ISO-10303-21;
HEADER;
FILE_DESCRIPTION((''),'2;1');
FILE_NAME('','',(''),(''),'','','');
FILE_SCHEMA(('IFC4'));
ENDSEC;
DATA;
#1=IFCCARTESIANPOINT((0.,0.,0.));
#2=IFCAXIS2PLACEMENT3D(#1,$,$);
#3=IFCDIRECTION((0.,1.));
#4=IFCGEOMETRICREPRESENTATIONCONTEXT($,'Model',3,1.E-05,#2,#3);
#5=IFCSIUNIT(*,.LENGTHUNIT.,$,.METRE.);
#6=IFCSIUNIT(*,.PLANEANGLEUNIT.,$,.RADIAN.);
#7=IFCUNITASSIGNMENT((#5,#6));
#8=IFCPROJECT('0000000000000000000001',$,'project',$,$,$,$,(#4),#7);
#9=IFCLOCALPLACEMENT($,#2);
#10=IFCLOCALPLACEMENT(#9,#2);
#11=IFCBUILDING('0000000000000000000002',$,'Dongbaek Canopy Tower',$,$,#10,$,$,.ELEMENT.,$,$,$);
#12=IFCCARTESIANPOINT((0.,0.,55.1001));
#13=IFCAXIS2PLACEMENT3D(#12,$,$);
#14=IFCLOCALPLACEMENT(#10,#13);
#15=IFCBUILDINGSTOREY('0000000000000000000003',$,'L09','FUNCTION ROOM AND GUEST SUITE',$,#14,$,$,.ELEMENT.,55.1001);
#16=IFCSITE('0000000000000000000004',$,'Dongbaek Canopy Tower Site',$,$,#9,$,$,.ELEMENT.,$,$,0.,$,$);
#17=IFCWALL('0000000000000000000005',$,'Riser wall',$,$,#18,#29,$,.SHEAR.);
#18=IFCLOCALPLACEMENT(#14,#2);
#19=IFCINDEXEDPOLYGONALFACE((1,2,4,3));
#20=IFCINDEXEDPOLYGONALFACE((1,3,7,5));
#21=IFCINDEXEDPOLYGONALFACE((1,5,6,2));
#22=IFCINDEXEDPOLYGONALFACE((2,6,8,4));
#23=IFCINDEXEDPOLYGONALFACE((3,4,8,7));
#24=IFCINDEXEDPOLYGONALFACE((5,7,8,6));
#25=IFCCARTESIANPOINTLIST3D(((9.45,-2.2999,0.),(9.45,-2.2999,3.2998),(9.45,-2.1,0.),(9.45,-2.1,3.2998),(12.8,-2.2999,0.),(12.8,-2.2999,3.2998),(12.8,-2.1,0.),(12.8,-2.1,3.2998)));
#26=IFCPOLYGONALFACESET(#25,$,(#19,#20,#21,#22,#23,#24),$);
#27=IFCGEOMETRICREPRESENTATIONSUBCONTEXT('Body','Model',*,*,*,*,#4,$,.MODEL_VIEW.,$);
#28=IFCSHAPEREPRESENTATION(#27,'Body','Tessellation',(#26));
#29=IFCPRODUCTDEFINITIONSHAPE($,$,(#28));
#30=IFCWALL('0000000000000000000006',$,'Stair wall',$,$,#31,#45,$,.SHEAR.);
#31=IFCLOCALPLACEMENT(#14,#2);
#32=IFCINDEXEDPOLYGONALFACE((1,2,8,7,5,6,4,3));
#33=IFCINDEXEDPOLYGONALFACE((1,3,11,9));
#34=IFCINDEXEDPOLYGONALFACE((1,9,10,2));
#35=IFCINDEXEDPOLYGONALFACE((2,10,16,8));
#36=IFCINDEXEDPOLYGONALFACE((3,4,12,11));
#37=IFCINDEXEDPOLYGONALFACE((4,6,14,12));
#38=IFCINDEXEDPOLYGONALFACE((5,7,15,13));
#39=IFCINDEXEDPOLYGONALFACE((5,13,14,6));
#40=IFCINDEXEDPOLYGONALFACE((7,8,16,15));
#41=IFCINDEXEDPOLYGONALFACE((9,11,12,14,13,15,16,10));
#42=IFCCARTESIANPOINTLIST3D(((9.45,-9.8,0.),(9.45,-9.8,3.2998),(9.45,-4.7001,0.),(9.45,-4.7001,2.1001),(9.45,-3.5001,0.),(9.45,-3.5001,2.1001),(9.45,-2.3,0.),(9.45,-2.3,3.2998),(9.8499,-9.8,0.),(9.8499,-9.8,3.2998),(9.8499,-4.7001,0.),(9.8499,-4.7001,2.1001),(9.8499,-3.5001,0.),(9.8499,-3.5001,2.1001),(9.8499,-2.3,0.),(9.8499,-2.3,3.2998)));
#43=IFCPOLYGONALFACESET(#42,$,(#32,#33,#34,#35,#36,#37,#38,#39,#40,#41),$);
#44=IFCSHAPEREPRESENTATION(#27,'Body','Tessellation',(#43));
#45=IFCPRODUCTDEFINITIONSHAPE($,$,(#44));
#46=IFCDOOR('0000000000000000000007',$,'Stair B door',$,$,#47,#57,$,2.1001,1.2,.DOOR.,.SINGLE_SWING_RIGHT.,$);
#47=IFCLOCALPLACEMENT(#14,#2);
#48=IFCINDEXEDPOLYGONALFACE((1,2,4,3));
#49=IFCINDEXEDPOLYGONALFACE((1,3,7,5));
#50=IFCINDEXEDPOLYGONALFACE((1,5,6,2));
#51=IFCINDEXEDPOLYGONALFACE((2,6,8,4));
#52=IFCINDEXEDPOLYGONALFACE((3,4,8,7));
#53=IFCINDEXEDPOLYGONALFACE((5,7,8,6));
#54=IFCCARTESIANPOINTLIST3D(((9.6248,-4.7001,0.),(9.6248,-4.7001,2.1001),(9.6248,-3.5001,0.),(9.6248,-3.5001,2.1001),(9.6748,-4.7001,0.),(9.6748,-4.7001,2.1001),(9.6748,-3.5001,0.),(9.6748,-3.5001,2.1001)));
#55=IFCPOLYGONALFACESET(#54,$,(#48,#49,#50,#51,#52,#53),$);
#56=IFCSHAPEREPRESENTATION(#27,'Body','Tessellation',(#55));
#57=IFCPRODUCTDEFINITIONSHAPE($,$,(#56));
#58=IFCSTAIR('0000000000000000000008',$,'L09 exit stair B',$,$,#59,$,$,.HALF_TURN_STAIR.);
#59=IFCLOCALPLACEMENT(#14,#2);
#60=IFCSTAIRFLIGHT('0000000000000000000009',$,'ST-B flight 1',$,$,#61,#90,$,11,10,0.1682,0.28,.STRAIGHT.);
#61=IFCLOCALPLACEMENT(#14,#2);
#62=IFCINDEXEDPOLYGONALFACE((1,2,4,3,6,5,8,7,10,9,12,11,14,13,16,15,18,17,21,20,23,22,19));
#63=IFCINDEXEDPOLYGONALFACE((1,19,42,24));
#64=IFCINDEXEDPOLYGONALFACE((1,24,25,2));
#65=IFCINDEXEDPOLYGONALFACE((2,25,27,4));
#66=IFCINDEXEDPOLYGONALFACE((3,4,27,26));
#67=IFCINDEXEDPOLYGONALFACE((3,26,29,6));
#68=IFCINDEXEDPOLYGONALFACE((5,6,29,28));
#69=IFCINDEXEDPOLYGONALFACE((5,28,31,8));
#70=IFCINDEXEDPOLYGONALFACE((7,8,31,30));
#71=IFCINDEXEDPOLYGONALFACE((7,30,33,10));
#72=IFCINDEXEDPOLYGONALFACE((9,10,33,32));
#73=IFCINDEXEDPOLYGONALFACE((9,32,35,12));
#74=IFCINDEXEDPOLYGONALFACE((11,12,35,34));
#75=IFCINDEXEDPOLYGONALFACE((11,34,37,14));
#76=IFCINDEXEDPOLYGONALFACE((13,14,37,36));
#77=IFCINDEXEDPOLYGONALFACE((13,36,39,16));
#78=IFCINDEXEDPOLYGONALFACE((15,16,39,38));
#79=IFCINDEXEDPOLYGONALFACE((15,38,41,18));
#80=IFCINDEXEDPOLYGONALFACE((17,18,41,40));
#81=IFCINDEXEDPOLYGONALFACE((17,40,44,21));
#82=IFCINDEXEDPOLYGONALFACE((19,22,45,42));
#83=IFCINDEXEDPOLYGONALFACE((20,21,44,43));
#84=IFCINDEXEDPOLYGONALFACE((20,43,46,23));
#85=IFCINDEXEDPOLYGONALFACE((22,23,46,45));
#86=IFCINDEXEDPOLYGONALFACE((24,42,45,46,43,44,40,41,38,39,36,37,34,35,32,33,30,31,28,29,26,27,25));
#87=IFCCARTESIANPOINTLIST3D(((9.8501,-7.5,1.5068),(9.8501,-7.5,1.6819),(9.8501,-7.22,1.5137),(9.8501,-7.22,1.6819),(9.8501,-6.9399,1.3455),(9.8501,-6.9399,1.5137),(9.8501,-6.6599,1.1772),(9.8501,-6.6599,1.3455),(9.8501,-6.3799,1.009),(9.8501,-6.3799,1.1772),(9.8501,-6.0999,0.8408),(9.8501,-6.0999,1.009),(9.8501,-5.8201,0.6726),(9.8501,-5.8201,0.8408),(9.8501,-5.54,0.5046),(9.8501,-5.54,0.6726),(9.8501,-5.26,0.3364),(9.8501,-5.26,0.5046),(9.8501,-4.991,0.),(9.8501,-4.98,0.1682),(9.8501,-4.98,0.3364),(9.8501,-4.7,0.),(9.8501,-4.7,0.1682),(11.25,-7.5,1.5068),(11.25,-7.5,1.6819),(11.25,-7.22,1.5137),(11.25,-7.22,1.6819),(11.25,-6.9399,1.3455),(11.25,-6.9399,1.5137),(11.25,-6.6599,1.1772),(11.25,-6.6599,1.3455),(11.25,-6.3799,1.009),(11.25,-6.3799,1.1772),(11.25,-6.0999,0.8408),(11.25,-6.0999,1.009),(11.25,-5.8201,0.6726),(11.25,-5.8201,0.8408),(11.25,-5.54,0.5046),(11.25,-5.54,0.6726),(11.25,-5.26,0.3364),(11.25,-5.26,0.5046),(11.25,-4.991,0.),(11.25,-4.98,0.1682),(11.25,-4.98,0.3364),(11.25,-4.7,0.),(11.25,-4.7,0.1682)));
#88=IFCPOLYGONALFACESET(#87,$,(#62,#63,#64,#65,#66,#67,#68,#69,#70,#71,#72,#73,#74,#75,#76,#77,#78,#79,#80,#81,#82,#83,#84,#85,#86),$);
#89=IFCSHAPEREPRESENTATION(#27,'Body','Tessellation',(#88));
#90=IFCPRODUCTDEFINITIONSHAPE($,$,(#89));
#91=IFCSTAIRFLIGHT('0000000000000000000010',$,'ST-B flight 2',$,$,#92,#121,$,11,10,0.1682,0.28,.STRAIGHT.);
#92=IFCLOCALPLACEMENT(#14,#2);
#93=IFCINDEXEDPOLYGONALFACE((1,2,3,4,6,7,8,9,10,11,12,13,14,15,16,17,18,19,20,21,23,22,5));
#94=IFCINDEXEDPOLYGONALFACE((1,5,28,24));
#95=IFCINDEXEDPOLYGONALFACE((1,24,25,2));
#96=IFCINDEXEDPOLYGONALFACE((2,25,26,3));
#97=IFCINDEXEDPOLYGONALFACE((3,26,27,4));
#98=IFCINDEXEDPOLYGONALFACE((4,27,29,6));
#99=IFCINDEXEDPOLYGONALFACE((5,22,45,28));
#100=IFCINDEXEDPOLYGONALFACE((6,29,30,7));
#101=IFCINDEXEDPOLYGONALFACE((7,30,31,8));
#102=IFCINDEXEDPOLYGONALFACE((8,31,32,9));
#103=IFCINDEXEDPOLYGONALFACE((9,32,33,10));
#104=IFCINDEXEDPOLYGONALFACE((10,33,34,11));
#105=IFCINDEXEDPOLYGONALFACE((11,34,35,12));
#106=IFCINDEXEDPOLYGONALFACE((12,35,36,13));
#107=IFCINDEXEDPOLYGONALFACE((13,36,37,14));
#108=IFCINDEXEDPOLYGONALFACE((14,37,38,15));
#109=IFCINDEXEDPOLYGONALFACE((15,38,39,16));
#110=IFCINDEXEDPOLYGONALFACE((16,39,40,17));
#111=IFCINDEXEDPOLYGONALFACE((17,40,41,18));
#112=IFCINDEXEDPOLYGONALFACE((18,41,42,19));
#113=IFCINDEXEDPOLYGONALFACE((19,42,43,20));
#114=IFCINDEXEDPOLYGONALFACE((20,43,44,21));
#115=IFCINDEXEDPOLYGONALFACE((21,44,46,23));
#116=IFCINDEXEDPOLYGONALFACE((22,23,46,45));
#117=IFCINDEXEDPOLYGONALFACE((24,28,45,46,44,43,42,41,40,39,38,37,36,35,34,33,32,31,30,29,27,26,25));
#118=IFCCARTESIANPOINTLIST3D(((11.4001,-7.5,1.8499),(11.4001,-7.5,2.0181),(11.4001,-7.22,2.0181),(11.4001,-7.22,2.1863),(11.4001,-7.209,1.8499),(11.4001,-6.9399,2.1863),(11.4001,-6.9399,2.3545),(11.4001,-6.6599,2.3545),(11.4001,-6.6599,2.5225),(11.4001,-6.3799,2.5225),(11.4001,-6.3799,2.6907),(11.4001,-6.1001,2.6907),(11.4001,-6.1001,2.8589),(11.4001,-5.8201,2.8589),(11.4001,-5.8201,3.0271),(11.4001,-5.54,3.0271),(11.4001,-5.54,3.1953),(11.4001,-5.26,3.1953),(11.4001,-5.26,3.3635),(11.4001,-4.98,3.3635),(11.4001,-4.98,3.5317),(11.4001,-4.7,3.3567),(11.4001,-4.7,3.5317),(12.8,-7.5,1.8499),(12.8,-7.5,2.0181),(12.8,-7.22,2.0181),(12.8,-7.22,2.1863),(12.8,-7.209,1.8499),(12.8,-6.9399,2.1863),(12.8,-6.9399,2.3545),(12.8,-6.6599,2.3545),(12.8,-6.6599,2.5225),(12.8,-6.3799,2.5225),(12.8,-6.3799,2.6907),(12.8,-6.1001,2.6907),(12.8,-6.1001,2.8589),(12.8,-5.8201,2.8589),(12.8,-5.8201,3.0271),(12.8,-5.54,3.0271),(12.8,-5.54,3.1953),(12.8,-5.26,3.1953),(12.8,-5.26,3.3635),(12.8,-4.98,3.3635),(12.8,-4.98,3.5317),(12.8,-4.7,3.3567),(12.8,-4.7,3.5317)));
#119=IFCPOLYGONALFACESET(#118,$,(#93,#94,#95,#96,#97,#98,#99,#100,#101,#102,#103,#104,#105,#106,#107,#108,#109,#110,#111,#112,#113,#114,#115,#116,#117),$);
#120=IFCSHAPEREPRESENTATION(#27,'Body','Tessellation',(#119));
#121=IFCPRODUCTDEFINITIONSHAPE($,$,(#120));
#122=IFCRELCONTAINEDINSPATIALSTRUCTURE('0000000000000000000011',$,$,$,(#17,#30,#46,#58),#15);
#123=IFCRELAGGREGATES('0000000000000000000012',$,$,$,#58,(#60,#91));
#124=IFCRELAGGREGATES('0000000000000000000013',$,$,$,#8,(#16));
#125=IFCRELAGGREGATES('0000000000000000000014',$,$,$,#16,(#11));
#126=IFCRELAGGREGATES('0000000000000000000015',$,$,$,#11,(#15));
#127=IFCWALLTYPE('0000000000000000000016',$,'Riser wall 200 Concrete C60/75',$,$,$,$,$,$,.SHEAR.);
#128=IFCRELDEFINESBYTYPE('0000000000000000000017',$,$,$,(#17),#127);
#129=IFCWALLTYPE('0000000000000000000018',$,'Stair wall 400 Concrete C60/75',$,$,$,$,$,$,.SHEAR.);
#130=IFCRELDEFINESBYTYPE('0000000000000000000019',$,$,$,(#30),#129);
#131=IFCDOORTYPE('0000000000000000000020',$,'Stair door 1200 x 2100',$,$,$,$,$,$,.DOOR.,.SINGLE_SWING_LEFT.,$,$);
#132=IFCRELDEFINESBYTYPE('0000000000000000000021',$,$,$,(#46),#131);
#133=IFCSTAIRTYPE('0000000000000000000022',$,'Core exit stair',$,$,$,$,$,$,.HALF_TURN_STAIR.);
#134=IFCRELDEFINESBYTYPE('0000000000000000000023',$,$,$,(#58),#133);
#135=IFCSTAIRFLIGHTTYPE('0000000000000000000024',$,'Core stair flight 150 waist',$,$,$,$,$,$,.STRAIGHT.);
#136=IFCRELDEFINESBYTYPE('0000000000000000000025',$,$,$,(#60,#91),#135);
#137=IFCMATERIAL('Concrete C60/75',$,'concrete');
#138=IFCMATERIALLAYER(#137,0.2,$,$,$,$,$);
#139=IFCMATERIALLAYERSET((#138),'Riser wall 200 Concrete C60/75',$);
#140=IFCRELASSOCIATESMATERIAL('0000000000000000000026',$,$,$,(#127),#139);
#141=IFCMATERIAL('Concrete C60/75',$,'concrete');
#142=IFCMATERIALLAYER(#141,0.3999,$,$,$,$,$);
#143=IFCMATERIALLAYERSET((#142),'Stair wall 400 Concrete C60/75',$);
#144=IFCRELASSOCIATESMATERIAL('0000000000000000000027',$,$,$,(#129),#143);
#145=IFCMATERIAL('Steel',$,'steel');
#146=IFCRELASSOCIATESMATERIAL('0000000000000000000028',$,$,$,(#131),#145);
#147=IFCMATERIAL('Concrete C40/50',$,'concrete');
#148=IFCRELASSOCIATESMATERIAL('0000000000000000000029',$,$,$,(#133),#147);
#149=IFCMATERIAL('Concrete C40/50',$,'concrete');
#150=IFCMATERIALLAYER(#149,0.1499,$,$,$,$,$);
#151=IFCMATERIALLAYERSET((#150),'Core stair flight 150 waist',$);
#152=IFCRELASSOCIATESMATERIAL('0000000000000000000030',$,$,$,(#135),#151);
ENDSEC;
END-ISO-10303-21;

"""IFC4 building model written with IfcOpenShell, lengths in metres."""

from ifc_helpers import new_model, si_unit, direction, frame, frame_2d, origin, place, context, subcontext, project, spatial, polyline, rectangle, outline, extrude, material, layer, layer_set, type_object, element, fill, aggregate, save


model = new_model("IFC4")

# Units and contexts
model_context = context("Model", 3, precision=1e-05, world=origin(), true_north=direction((0.0, 1.0)))
body_context = subcontext(model_context, "Body", "Model", "MODEL_VIEW")
ifc_project = project(units=[si_unit("LENGTHUNIT", "METRE"), si_unit("PLANEANGLEUNIT", "RADIAN")], contexts=[model_context])

# Site, building, storey
site_placement = place(None, origin())
site = spatial("IfcSite", under=ifc_project, at=site_placement, Name="Dongbaek Canopy Tower Site", CompositionType="ELEMENT", RefElevation=0.0)
building_placement = place(site_placement, origin())
building = spatial("IfcBuilding", under=site, at=building_placement, Name="Dongbaek Canopy Tower", CompositionType="ELEMENT")
storey_placement = place(building_placement, frame((0.0, 0.0, 55.1001)))
storey = spatial("IfcBuildingStorey", under=building, at=storey_placement, Name="L09", Description="FUNCTION ROOM AND GUEST SUITE", CompositionType="ELEMENT", Elevation=55.1001)

# Wall
ifc_material_1 = material(Name="Concrete C60/75", Category="concrete")
ifc_layer_1 = layer(ifc_material_1, 0.2)
ifc_layer_set_1 = layer_set([ifc_layer_1], Name="Riser wall 200 Concrete C60/75")
wall_type_1 = type_object("IfcWallType", Name="Riser wall 200 Concrete C60/75", PredefinedType="SHEAR", material=ifc_layer_set_1)
wall_1_placement = place(storey_placement, frame((9.45, -2.2, 0.0), z_axis=(0.0, 0.0, 1.0), x_axis=(1.0, 0.0, 0.0)))
element("IfcWall", 1, at=wall_1_placement, inside=storey, type_object=wall_type_1, Name="Riser wall", PredefinedType="SHEAR", context=body_context, shape_type="SweptSolid", body=[
    extrude(rectangle(XDim=3.3501, YDim=0.2, at=frame_2d((1.675, 0.0))), origin(), (0.0, 0.0, 1.0), 3.2998),
])

# Wall, opening, door
ifc_material_2 = material(Name="Concrete C60/75", Category="concrete")
ifc_layer_2 = layer(ifc_material_2, 0.3999)
ifc_layer_set_2 = layer_set([ifc_layer_2], Name="Stair wall 400 Concrete C60/75")
wall_type_2 = type_object("IfcWallType", Name="Stair wall 400 Concrete C60/75", PredefinedType="SHEAR", material=ifc_layer_set_2)
wall_2_placement = place(storey_placement, frame((9.6499, -2.3, 0.0), z_axis=(0.0, 0.0, 1.0), x_axis=(0.0, -1.0, 0.0)))
wall_2 = element("IfcWall", 2, at=wall_2_placement, inside=storey, type_object=wall_type_2, Name="Stair wall", PredefinedType="SHEAR", context=body_context, shape_type="SweptSolid", body=[
    extrude(rectangle(XDim=7.5, YDim=0.3999, at=frame_2d((3.75, 0.0))), origin(), (0.0, 0.0, 1.0), 3.2998),
])
opening_1_placement = place(wall_2_placement, frame((1.2, 0.0, 0.0)))
opening_1 = element("IfcOpeningElement", 3, at=opening_1_placement, cuts=wall_2, PredefinedType="OPENING", context=body_context, shape_type="SweptSolid", body=[
    extrude(rectangle(XDim=1.2, YDim=2.1001, at=frame_2d((0.6001, 1.05))), frame((0.0, 0.21, 0.0), z_axis=(0.0, -1.0, 0.0), x_axis=(1.0, 0.0, 0.0)), (0.0, 0.0, 1.0), 0.4199),
])
ifc_material_3 = material(Name="Steel", Category="steel")
door_type_1 = type_object("IfcDoorType", Name="Stair door 1200 x 2100", OperationType="SINGLE_SWING_LEFT", PredefinedType="DOOR", material=ifc_material_3)
door_1_placement = place(opening_1_placement, origin())
door_1 = element("IfcDoor", 4, at=door_1_placement, inside=storey, type_object=door_type_1, Name="Stair B door", OperationType="SINGLE_SWING_RIGHT", OverallHeight=2.1001, OverallWidth=1.2, PredefinedType="DOOR", context=body_context, shape_type="SweptSolid", body=[
    extrude(rectangle(XDim=1.2, YDim=2.1001, at=frame_2d((0.6001, 1.05))), frame((0.0, 0.0249, 0.0), z_axis=(0.0, -1.0, 0.0), x_axis=(1.0, 0.0, 0.0)), (0.0, 0.0, 1.0), 0.05),
])
fill(opening_1, door_1)

# Stair, stair flights
ifc_material_4 = material(Name="Concrete C40/50", Category="concrete")
stair_type = type_object("IfcStairType", Name="Core exit stair", PredefinedType="HALF_TURN_STAIR", material=ifc_material_4)
stair_placement = place(storey_placement, origin())
stair = element("IfcStair", 5, at=stair_placement, inside=storey, type_object=stair_type, Name="L09 exit stair B", PredefinedType="HALF_TURN_STAIR")
ifc_material_5 = material(Name="Concrete C40/50", Category="concrete")
ifc_layer_3 = layer(ifc_material_5, 0.1499)
ifc_layer_set_3 = layer_set([ifc_layer_3], Name="Core stair flight 150 waist")
stair_flight_type = type_object("IfcStairFlightType", Name="Core stair flight 150 waist", PredefinedType="STRAIGHT", material=ifc_layer_set_3)
stair_flight_1_placement = place(storey_placement, frame((10.55, -4.7, 0.0), z_axis=(0.0, 0.0, 1.0), x_axis=(0.0, -1.0, 0.0)))
stair_flight_1 = element("IfcStairFlight", 6, at=stair_flight_1_placement, type_object=stair_flight_type, Name="ST-B flight 1", NumberOfRisers=11, NumberOfTreads=10, PredefinedType="STRAIGHT", RiserHeight=0.1682, TreadLength=0.28, context=body_context, shape_type="SweptSolid", body=[
    extrude(outline(polyline([(0.0, 0.0), (0.0, 0.1682), (0.28, 0.1682), (0.28, 0.3364), (0.5601, 0.3364), (0.5601, 0.5046), (0.8401, 0.5046), (0.8401, 0.6726), (1.1201, 0.6726), (1.1201, 0.8408), (1.3999, 0.8408), (1.3999, 1.009), (1.6799, 1.009), (1.6799, 1.1772), (1.96, 1.1772), (1.96, 1.3455), (2.24, 1.3455), (2.24, 1.5137), (2.52, 1.5137), (2.52, 1.6819), (2.8, 1.6819), (2.8, 1.8501), (2.8, 1.5068), (0.291, 0.0), (0.0, 0.0)])), frame((0.0, 0.7, 0.0), z_axis=(0.0, -1.0, 0.0), x_axis=(1.0, 0.0, 0.0)), (0.0, 0.0, 1.0), 1.3999),
])
stair_flight_2_placement = place(storey_placement, frame((12.1001, -7.5, 1.8499), z_axis=(0.0, 0.0, 1.0), x_axis=(0.0, 1.0, 0.0)))
stair_flight_2 = element("IfcStairFlight", 7, at=stair_flight_2_placement, type_object=stair_flight_type, Name="ST-B flight 2", NumberOfRisers=11, NumberOfTreads=10, PredefinedType="STRAIGHT", RiserHeight=0.1682, TreadLength=0.28, context=body_context, shape_type="SweptSolid", body=[
    extrude(outline(polyline([(0.0, 0.0), (0.0, 0.1682), (0.28, 0.1682), (0.28, 0.3364), (0.5601, 0.3364), (0.5601, 0.5046), (0.8401, 0.5046), (0.8401, 0.6726), (1.1201, 0.6726), (1.1201, 0.8408), (1.3999, 0.8408), (1.3999, 1.009), (1.6799, 1.009), (1.6799, 1.1772), (1.96, 1.1772), (1.96, 1.3455), (2.24, 1.3455), (2.24, 1.5137), (2.52, 1.5137), (2.52, 1.6819), (2.8, 1.6819), (2.8, 1.8501), (2.8, 1.5068), (0.291, 0.0), (0.0, 0.0)])), frame((0.0, 0.7, 0.0), z_axis=(0.0, -1.0, 0.0), x_axis=(1.0, 0.0, 0.0)), (0.0, 0.0, 1.0), 1.3999),
])
aggregate(stair, [stair_flight_1, stair_flight_2])

save(model, "model.ifc")
